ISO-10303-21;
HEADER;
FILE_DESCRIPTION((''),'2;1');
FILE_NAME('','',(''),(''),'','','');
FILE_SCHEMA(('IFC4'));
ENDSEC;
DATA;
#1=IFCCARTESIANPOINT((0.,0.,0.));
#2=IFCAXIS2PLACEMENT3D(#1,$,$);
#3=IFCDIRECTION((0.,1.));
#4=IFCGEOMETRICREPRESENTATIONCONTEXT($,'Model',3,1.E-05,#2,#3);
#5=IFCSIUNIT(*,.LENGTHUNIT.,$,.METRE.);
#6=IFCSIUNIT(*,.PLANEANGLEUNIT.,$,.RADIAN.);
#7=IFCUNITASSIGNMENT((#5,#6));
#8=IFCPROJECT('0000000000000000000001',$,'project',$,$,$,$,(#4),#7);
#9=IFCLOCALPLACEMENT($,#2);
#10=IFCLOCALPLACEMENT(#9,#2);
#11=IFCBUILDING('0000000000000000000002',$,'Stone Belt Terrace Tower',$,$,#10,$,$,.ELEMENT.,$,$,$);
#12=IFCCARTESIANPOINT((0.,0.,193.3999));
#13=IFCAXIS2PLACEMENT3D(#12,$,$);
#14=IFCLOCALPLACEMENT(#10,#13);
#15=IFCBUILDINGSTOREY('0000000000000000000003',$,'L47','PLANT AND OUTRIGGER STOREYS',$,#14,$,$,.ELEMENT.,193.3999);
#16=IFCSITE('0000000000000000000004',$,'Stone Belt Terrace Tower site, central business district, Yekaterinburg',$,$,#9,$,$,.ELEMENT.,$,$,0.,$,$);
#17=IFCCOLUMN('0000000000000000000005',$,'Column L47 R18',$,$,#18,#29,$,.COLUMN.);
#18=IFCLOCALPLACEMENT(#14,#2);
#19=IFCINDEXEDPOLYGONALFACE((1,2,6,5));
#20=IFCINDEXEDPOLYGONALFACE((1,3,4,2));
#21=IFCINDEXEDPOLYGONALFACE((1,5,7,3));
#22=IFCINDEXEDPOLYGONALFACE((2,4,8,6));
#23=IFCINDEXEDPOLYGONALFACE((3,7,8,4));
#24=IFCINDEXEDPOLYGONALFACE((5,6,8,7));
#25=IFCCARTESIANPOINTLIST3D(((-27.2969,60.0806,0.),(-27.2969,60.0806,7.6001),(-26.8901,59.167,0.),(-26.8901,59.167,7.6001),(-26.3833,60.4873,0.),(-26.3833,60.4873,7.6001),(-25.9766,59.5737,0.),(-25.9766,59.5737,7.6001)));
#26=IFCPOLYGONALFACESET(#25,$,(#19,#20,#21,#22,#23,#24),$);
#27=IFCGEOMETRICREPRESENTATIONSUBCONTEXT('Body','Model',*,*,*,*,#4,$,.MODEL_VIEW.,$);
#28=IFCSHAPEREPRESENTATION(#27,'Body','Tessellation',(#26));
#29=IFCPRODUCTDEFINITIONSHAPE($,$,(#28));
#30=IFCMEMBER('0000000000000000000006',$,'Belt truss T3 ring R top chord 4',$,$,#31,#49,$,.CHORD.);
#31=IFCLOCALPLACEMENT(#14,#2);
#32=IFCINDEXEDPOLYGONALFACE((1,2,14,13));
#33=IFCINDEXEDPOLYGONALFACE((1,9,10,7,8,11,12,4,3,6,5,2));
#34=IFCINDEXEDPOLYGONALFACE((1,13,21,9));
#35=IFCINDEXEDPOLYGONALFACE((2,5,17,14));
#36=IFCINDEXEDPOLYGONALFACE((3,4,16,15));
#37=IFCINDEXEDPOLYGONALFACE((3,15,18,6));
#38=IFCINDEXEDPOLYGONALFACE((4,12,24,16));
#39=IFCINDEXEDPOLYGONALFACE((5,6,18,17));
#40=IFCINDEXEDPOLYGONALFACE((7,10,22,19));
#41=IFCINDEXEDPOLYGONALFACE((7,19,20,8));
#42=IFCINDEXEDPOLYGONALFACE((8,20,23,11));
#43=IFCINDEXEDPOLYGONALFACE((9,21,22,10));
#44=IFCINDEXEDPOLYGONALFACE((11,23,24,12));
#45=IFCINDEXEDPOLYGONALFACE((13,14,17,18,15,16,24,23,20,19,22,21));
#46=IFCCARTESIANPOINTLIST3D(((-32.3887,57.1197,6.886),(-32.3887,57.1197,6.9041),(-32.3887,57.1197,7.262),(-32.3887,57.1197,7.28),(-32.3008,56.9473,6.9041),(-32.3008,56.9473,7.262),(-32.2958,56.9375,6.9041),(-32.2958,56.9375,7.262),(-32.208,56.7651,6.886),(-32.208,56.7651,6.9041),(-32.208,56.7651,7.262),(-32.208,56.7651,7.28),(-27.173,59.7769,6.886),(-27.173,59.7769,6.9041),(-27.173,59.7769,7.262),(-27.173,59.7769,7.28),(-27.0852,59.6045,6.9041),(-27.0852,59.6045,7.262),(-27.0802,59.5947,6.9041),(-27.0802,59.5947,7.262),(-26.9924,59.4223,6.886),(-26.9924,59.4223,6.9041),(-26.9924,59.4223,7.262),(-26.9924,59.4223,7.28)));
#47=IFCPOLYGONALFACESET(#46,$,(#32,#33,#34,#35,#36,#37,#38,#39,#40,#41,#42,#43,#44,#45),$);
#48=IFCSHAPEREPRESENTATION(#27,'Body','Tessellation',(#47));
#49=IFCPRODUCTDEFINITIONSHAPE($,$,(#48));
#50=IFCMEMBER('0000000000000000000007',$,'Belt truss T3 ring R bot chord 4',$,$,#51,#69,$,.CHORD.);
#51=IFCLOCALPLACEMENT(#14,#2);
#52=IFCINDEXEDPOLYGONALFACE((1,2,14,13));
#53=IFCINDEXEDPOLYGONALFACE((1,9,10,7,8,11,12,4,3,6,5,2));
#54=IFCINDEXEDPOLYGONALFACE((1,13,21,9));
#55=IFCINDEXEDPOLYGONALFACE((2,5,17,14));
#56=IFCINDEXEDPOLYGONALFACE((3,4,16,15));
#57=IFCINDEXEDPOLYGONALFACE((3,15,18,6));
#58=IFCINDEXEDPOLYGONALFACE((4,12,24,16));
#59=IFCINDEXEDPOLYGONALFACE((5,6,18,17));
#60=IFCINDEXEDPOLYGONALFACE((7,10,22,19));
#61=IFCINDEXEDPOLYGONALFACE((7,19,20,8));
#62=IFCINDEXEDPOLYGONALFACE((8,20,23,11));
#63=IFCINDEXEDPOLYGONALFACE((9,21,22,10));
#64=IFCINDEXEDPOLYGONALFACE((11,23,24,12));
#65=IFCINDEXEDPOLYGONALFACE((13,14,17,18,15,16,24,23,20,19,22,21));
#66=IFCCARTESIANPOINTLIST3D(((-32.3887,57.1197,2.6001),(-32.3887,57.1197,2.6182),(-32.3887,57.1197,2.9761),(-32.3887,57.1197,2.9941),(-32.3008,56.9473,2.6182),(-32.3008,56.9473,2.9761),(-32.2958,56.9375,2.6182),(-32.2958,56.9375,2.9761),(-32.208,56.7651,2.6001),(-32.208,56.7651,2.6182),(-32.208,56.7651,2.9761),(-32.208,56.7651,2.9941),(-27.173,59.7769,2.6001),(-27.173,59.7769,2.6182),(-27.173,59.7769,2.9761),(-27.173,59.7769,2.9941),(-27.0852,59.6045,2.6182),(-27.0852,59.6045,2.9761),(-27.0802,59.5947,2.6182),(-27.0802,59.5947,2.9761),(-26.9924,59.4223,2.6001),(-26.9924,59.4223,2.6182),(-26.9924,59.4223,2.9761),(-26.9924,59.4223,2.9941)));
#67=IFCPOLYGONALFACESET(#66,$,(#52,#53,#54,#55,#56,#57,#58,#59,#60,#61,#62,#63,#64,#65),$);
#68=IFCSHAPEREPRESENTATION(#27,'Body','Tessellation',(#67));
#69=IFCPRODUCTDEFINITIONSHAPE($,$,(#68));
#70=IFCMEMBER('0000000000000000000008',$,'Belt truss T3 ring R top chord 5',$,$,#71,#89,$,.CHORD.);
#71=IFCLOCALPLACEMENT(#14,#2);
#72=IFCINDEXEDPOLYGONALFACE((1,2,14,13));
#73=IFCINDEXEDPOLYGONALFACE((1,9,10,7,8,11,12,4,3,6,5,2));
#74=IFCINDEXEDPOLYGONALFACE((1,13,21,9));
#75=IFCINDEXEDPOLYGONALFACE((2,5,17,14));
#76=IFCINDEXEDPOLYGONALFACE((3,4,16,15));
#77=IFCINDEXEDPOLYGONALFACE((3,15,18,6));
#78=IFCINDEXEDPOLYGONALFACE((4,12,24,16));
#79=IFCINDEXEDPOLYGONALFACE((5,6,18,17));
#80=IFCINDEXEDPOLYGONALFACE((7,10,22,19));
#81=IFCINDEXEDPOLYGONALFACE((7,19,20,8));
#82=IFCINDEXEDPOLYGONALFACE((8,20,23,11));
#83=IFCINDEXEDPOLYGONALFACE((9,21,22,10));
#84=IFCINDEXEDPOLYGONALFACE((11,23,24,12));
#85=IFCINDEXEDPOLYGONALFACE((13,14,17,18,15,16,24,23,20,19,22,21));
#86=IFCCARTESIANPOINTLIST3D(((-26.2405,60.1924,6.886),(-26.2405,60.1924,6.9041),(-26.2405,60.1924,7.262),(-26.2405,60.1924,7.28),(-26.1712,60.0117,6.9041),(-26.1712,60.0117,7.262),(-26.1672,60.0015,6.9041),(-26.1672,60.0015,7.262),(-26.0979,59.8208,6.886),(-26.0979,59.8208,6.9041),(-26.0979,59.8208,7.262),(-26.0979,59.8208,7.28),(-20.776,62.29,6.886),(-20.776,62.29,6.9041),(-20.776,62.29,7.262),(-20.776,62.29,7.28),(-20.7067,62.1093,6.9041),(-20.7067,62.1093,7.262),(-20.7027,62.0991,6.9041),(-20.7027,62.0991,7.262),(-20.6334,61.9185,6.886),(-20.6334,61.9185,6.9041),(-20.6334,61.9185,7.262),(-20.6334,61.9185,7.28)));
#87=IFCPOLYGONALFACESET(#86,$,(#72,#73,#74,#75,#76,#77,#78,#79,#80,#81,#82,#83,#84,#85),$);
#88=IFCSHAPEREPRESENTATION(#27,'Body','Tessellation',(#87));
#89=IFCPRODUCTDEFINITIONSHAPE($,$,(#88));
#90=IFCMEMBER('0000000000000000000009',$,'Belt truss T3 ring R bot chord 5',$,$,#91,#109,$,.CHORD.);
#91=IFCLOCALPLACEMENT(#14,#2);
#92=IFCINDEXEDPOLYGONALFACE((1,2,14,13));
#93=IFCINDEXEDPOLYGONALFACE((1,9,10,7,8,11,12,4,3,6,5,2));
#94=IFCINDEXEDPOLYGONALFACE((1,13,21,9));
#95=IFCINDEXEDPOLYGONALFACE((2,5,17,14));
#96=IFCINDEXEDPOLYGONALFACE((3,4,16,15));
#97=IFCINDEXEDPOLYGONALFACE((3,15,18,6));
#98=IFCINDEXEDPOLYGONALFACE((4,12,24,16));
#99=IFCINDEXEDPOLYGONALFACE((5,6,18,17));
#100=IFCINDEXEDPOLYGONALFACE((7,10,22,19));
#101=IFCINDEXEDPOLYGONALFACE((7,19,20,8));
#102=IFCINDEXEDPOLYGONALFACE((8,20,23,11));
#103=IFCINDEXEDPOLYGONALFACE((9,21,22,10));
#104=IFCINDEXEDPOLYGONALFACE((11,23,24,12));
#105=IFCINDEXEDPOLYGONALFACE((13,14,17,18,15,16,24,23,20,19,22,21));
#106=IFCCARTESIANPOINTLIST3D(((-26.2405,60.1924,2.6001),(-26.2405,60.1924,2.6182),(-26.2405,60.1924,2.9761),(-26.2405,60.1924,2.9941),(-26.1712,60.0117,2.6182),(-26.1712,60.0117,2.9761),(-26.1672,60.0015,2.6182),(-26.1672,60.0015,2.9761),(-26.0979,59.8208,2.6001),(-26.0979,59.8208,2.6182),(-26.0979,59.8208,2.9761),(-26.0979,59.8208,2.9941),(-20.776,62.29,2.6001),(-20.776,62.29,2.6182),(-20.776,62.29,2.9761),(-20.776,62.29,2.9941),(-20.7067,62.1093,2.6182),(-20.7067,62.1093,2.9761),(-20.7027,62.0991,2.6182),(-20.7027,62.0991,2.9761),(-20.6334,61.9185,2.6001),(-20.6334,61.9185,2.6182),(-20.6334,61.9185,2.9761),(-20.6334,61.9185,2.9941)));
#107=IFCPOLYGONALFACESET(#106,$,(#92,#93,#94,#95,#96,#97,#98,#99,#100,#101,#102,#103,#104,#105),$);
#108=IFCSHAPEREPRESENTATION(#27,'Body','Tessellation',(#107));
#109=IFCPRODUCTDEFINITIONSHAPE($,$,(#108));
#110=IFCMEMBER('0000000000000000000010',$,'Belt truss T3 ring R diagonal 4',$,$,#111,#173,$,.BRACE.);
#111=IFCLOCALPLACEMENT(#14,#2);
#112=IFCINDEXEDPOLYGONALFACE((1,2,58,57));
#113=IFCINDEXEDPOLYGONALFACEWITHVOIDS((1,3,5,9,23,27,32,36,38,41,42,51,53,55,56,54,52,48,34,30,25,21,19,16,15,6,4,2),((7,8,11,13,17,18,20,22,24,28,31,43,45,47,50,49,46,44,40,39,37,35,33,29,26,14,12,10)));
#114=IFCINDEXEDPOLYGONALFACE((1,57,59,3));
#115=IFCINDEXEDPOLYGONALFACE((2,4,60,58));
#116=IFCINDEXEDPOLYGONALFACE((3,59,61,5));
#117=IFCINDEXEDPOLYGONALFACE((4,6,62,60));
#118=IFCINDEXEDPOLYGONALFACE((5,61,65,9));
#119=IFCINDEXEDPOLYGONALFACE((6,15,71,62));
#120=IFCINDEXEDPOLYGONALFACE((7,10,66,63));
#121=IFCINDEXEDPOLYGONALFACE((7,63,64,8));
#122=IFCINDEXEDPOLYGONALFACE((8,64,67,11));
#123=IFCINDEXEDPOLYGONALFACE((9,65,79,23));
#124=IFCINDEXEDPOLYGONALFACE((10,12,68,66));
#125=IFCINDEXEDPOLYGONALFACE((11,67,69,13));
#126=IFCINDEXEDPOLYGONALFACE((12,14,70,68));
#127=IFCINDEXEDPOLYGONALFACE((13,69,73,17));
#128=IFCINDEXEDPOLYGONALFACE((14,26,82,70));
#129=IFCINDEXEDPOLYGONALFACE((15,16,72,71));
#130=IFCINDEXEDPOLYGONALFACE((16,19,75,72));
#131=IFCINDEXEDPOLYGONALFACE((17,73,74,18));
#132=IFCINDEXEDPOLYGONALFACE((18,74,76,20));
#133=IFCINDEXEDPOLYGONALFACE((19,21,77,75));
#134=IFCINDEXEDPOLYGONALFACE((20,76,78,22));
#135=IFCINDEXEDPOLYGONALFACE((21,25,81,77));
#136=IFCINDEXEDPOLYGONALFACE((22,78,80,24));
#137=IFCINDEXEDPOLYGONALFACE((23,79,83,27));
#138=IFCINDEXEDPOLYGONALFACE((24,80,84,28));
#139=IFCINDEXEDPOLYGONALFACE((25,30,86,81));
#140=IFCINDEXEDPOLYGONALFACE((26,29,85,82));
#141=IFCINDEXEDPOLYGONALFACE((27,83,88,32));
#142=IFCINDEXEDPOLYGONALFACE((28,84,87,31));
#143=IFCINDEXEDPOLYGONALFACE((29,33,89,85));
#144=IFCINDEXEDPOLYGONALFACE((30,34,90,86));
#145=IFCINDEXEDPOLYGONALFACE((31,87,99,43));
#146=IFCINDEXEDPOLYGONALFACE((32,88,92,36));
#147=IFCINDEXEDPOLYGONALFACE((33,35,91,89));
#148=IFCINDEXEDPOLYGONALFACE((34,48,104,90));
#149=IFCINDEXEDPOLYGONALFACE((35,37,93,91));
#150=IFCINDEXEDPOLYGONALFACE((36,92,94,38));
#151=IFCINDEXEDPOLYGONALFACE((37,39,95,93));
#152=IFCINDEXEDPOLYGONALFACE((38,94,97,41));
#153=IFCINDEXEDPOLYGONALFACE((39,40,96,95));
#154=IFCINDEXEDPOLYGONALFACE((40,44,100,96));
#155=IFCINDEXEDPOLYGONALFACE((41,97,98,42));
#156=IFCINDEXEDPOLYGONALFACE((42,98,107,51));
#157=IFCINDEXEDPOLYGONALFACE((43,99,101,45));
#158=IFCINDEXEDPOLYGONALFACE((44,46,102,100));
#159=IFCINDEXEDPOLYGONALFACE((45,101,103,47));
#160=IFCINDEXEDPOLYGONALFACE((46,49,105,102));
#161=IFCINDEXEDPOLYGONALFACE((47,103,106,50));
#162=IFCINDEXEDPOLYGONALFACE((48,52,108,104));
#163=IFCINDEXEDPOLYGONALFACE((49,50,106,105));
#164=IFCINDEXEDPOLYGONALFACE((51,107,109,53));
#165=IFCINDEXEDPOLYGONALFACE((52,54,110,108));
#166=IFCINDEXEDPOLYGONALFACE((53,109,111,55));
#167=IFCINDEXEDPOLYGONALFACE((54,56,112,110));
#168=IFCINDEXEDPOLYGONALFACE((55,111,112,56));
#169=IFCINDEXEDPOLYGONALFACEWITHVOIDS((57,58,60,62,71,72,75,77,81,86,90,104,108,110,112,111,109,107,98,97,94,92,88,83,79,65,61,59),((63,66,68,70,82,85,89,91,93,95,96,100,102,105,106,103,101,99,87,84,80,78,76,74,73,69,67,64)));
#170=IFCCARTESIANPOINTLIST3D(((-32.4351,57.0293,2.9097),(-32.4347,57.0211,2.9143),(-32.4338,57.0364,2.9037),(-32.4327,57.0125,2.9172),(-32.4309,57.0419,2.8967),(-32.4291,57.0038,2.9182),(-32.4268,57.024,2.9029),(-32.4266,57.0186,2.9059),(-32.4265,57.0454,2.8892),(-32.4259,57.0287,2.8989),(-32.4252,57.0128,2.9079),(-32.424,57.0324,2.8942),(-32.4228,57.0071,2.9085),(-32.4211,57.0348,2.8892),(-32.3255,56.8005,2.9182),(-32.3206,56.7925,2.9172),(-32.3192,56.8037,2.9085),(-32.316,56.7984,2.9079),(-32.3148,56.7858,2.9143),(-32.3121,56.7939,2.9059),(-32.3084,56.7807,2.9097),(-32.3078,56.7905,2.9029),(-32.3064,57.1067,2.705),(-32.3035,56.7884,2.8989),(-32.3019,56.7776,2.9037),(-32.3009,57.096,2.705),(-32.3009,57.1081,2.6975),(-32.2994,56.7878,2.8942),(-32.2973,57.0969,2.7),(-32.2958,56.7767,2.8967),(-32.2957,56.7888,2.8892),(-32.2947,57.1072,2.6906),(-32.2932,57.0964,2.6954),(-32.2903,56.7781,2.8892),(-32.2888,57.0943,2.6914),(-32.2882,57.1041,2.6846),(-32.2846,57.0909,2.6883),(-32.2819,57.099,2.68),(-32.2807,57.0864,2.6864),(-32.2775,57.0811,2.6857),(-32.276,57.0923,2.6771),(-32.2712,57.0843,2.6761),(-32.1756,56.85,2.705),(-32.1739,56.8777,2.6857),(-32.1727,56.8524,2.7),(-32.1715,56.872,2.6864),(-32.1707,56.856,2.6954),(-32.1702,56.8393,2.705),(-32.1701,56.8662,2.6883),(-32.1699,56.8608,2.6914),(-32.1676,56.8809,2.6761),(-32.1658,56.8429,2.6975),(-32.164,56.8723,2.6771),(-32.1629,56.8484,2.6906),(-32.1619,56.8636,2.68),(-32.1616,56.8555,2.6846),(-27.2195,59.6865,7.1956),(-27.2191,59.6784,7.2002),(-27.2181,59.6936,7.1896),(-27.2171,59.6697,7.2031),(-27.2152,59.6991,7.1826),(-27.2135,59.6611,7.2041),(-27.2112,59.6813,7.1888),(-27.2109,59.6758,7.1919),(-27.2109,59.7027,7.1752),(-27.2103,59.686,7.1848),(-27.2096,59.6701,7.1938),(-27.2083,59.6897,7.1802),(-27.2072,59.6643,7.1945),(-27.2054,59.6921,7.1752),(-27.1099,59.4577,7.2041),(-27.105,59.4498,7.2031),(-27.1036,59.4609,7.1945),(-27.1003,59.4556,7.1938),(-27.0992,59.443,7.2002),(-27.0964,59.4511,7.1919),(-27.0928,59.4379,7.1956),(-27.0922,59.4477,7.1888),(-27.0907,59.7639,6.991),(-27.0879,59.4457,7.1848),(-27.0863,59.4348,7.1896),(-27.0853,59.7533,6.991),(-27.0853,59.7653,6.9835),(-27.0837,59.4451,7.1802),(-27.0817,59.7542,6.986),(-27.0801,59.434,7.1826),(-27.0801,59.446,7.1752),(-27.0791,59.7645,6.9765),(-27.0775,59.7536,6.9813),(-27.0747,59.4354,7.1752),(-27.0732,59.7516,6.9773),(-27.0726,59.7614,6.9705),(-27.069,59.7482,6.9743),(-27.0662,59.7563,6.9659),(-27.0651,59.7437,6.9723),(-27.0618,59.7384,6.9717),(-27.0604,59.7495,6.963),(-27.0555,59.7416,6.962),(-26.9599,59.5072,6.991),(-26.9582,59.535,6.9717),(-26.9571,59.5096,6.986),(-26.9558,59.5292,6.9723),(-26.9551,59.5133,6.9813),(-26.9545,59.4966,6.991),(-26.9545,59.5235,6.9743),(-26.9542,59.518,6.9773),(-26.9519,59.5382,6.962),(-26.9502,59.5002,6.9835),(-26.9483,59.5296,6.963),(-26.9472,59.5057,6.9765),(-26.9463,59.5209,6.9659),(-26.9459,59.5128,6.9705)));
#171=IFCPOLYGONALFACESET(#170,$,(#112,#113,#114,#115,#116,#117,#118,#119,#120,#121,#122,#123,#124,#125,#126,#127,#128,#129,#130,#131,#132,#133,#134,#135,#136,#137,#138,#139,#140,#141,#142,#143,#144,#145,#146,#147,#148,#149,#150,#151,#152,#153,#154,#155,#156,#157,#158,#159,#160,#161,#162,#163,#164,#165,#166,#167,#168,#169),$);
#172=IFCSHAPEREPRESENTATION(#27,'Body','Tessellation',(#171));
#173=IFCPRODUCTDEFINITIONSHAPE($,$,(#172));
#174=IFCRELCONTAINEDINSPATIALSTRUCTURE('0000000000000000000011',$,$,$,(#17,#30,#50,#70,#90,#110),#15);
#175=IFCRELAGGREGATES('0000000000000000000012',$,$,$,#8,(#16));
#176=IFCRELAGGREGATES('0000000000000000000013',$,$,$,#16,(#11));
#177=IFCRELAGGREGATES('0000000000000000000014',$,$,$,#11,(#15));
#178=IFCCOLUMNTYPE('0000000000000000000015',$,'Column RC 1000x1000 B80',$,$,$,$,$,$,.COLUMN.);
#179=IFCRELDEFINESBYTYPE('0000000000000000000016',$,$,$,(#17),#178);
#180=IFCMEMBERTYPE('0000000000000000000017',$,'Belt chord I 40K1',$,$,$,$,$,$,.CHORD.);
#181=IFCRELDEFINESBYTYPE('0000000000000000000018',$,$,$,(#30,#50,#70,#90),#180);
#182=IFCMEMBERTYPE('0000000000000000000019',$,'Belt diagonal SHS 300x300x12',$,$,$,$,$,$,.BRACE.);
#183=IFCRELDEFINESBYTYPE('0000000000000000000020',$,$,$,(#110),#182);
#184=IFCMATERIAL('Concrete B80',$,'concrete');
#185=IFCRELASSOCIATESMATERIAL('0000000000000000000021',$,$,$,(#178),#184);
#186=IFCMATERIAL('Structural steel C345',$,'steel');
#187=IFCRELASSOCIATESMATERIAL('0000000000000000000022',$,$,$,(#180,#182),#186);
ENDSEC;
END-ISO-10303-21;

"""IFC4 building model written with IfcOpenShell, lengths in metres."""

from ifc_helpers import new_model, si_unit, direction, frame, origin, origin_2d, place, context, subcontext, project, spatial, rectangle, hollow_rectangle, i_section, extrude, material, material_profile, profile_set, type_object, element, save


model = new_model("IFC4")

# Units and contexts
model_context = context("Model", 3, precision=1e-05, world=origin(), true_north=direction((0.0, 1.0)))
body_context = subcontext(model_context, "Body", "Model", "MODEL_VIEW")
ifc_project = project(units=[si_unit("LENGTHUNIT", "METRE"), si_unit("PLANEANGLEUNIT", "RADIAN")], contexts=[model_context])

# Site, building, storey
site_placement = place(None, origin())
site = spatial("IfcSite", under=ifc_project, at=site_placement, Name="Stone Belt Terrace Tower site, central business district, Yekaterinburg", CompositionType="ELEMENT", RefElevation=0.0)
building_placement = place(site_placement, origin())
building = spatial("IfcBuilding", under=site, at=building_placement, Name="Stone Belt Terrace Tower", CompositionType="ELEMENT")
storey_placement = place(building_placement, frame((0.0, 0.0, 193.3999)))
storey = spatial("IfcBuildingStorey", under=building, at=storey_placement, Name="L47", Description="PLANT AND OUTRIGGER STOREYS", CompositionType="ELEMENT", Elevation=193.3999)

# Column
ifc_material_1 = material(Name="Concrete B80", Category="concrete")
ifc_material_profile_1 = material_profile(ifc_material_1, rectangle(XDim=1.0, YDim=1.0, at=origin_2d()), Name="RC 1000x1000")
ifc_profile_set_1 = profile_set([ifc_material_profile_1], Name="Concrete B80")
column_type = type_object("IfcColumnType", Name="Column RC 1000x1000 B80", PredefinedType="COLUMN", material=ifc_profile_set_1)
column_placement = place(storey_placement, frame((-26.6367, 59.8271, 0.0), z_axis=(0.0, 0.0, 1.0), x_axis=(0.913545, 0.406737, 0.0)))
element("IfcColumn", 1, at=column_placement, inside=storey, type_object=column_type, Name="Column L47 R18", PredefinedType="COLUMN", context=body_context, shape_type="SweptSolid", body=[
    extrude(rectangle(XDim=1.0, YDim=1.0, at=origin_2d()), origin(), (0.0, 0.0, 1.0), 7.6001),
])

# Members
ifc_material_2 = material(Name="Structural steel C345", Category="steel")
ifc_material_profile_2 = material_profile(ifc_material_2, i_section(OverallWidth=0.3979, OverallDepth=0.394, WebThickness=0.011, FlangeThickness=0.0181, at=origin_2d()), Name="I 40K1")
ifc_profile_set_2 = profile_set([ifc_material_profile_2], Name="Structural steel C345")
member_type_1 = type_object("IfcMemberType", Name="Belt chord I 40K1", PredefinedType="CHORD", material=ifc_profile_set_2)
for number, where, z_axis, x_axis, name in (
    (2, (-32.2983, 56.9424, 7.083), (0.891023, 0.453958, 0.0), (-0.453958, 0.891023, 0.0), "Belt truss T3 ring R top chord 4"),
    (3, (-32.2983, 56.9424, 2.7971), (0.891023, 0.453958, 0.0), (-0.453958, 0.891023, 0.0), "Belt truss T3 ring R bot chord 4"),
):
    element("IfcMember", number, at=place(storey_placement, frame(where, z_axis=z_axis, x_axis=x_axis)), inside=storey, type_object=member_type_1, Name=name, PredefinedType="CHORD", context=body_context, shape_type="SweptSolid", body=[
        extrude(i_section(OverallWidth=0.3979, OverallDepth=0.394, WebThickness=0.011, FlangeThickness=0.0181, at=origin_2d()), origin(), (0.0, 0.0, 1.0), 5.8535),
    ])
for number, where, z_axis, x_axis, name in (
    (4, (-26.1692, 60.0066, 7.083), (0.933581, 0.358367, 0.0), (-0.358367, 0.933581, 0.0), "Belt truss T3 ring R top chord 5"),
    (5, (-26.1692, 60.0066, 2.7971), (0.933581, 0.358367, 0.0), (-0.358367, 0.933581, 0.0), "Belt truss T3 ring R bot chord 5"),
):
    element("IfcMember", number, at=place(storey_placement, frame(where, z_axis=z_axis, x_axis=x_axis)), inside=storey, type_object=member_type_1, Name=name, PredefinedType="CHORD", context=body_context, shape_type="SweptSolid", body=[
        extrude(i_section(OverallWidth=0.3979, OverallDepth=0.394, WebThickness=0.011, FlangeThickness=0.0181, at=origin_2d()), origin(), (0.0, 0.0, 1.0), 5.8533),
    ])
ifc_material_profile_3 = material_profile(ifc_material_2, hollow_rectangle(XDim=0.3, YDim=0.3, WallThickness=0.012, InnerFilletRadius=0.0239, OuterFilletRadius=0.0359, at=origin_2d()), Name="SHS 300x300x12")
ifc_profile_set_3 = profile_set([ifc_material_profile_3], Name="Structural steel C345")
member_type_2 = type_object("IfcMemberType", Name="Belt diagonal SHS 300x300x12", PredefinedType="BRACE", material=ifc_profile_set_3)
member_1_placement = place(storey_placement, frame((-32.2983, 56.9424, 2.7971), z_axis=(0.718915, 0.366272, 0.590767), x_axis=(-0.453958, 0.891023, 0.0)))
element("IfcMember", 6, at=member_1_placement, inside=storey, type_object=member_type_2, Name="Belt truss T3 ring R diagonal 4", PredefinedType="BRACE", context=body_context, shape_type="SweptSolid", body=[
    extrude(hollow_rectangle(XDim=0.3, YDim=0.3, WallThickness=0.012, InnerFilletRadius=0.0239, OuterFilletRadius=0.0359, at=origin_2d()), origin(), (0.0, 0.0, 1.0), 7.2549),
])

save(model, "model.ifc")
